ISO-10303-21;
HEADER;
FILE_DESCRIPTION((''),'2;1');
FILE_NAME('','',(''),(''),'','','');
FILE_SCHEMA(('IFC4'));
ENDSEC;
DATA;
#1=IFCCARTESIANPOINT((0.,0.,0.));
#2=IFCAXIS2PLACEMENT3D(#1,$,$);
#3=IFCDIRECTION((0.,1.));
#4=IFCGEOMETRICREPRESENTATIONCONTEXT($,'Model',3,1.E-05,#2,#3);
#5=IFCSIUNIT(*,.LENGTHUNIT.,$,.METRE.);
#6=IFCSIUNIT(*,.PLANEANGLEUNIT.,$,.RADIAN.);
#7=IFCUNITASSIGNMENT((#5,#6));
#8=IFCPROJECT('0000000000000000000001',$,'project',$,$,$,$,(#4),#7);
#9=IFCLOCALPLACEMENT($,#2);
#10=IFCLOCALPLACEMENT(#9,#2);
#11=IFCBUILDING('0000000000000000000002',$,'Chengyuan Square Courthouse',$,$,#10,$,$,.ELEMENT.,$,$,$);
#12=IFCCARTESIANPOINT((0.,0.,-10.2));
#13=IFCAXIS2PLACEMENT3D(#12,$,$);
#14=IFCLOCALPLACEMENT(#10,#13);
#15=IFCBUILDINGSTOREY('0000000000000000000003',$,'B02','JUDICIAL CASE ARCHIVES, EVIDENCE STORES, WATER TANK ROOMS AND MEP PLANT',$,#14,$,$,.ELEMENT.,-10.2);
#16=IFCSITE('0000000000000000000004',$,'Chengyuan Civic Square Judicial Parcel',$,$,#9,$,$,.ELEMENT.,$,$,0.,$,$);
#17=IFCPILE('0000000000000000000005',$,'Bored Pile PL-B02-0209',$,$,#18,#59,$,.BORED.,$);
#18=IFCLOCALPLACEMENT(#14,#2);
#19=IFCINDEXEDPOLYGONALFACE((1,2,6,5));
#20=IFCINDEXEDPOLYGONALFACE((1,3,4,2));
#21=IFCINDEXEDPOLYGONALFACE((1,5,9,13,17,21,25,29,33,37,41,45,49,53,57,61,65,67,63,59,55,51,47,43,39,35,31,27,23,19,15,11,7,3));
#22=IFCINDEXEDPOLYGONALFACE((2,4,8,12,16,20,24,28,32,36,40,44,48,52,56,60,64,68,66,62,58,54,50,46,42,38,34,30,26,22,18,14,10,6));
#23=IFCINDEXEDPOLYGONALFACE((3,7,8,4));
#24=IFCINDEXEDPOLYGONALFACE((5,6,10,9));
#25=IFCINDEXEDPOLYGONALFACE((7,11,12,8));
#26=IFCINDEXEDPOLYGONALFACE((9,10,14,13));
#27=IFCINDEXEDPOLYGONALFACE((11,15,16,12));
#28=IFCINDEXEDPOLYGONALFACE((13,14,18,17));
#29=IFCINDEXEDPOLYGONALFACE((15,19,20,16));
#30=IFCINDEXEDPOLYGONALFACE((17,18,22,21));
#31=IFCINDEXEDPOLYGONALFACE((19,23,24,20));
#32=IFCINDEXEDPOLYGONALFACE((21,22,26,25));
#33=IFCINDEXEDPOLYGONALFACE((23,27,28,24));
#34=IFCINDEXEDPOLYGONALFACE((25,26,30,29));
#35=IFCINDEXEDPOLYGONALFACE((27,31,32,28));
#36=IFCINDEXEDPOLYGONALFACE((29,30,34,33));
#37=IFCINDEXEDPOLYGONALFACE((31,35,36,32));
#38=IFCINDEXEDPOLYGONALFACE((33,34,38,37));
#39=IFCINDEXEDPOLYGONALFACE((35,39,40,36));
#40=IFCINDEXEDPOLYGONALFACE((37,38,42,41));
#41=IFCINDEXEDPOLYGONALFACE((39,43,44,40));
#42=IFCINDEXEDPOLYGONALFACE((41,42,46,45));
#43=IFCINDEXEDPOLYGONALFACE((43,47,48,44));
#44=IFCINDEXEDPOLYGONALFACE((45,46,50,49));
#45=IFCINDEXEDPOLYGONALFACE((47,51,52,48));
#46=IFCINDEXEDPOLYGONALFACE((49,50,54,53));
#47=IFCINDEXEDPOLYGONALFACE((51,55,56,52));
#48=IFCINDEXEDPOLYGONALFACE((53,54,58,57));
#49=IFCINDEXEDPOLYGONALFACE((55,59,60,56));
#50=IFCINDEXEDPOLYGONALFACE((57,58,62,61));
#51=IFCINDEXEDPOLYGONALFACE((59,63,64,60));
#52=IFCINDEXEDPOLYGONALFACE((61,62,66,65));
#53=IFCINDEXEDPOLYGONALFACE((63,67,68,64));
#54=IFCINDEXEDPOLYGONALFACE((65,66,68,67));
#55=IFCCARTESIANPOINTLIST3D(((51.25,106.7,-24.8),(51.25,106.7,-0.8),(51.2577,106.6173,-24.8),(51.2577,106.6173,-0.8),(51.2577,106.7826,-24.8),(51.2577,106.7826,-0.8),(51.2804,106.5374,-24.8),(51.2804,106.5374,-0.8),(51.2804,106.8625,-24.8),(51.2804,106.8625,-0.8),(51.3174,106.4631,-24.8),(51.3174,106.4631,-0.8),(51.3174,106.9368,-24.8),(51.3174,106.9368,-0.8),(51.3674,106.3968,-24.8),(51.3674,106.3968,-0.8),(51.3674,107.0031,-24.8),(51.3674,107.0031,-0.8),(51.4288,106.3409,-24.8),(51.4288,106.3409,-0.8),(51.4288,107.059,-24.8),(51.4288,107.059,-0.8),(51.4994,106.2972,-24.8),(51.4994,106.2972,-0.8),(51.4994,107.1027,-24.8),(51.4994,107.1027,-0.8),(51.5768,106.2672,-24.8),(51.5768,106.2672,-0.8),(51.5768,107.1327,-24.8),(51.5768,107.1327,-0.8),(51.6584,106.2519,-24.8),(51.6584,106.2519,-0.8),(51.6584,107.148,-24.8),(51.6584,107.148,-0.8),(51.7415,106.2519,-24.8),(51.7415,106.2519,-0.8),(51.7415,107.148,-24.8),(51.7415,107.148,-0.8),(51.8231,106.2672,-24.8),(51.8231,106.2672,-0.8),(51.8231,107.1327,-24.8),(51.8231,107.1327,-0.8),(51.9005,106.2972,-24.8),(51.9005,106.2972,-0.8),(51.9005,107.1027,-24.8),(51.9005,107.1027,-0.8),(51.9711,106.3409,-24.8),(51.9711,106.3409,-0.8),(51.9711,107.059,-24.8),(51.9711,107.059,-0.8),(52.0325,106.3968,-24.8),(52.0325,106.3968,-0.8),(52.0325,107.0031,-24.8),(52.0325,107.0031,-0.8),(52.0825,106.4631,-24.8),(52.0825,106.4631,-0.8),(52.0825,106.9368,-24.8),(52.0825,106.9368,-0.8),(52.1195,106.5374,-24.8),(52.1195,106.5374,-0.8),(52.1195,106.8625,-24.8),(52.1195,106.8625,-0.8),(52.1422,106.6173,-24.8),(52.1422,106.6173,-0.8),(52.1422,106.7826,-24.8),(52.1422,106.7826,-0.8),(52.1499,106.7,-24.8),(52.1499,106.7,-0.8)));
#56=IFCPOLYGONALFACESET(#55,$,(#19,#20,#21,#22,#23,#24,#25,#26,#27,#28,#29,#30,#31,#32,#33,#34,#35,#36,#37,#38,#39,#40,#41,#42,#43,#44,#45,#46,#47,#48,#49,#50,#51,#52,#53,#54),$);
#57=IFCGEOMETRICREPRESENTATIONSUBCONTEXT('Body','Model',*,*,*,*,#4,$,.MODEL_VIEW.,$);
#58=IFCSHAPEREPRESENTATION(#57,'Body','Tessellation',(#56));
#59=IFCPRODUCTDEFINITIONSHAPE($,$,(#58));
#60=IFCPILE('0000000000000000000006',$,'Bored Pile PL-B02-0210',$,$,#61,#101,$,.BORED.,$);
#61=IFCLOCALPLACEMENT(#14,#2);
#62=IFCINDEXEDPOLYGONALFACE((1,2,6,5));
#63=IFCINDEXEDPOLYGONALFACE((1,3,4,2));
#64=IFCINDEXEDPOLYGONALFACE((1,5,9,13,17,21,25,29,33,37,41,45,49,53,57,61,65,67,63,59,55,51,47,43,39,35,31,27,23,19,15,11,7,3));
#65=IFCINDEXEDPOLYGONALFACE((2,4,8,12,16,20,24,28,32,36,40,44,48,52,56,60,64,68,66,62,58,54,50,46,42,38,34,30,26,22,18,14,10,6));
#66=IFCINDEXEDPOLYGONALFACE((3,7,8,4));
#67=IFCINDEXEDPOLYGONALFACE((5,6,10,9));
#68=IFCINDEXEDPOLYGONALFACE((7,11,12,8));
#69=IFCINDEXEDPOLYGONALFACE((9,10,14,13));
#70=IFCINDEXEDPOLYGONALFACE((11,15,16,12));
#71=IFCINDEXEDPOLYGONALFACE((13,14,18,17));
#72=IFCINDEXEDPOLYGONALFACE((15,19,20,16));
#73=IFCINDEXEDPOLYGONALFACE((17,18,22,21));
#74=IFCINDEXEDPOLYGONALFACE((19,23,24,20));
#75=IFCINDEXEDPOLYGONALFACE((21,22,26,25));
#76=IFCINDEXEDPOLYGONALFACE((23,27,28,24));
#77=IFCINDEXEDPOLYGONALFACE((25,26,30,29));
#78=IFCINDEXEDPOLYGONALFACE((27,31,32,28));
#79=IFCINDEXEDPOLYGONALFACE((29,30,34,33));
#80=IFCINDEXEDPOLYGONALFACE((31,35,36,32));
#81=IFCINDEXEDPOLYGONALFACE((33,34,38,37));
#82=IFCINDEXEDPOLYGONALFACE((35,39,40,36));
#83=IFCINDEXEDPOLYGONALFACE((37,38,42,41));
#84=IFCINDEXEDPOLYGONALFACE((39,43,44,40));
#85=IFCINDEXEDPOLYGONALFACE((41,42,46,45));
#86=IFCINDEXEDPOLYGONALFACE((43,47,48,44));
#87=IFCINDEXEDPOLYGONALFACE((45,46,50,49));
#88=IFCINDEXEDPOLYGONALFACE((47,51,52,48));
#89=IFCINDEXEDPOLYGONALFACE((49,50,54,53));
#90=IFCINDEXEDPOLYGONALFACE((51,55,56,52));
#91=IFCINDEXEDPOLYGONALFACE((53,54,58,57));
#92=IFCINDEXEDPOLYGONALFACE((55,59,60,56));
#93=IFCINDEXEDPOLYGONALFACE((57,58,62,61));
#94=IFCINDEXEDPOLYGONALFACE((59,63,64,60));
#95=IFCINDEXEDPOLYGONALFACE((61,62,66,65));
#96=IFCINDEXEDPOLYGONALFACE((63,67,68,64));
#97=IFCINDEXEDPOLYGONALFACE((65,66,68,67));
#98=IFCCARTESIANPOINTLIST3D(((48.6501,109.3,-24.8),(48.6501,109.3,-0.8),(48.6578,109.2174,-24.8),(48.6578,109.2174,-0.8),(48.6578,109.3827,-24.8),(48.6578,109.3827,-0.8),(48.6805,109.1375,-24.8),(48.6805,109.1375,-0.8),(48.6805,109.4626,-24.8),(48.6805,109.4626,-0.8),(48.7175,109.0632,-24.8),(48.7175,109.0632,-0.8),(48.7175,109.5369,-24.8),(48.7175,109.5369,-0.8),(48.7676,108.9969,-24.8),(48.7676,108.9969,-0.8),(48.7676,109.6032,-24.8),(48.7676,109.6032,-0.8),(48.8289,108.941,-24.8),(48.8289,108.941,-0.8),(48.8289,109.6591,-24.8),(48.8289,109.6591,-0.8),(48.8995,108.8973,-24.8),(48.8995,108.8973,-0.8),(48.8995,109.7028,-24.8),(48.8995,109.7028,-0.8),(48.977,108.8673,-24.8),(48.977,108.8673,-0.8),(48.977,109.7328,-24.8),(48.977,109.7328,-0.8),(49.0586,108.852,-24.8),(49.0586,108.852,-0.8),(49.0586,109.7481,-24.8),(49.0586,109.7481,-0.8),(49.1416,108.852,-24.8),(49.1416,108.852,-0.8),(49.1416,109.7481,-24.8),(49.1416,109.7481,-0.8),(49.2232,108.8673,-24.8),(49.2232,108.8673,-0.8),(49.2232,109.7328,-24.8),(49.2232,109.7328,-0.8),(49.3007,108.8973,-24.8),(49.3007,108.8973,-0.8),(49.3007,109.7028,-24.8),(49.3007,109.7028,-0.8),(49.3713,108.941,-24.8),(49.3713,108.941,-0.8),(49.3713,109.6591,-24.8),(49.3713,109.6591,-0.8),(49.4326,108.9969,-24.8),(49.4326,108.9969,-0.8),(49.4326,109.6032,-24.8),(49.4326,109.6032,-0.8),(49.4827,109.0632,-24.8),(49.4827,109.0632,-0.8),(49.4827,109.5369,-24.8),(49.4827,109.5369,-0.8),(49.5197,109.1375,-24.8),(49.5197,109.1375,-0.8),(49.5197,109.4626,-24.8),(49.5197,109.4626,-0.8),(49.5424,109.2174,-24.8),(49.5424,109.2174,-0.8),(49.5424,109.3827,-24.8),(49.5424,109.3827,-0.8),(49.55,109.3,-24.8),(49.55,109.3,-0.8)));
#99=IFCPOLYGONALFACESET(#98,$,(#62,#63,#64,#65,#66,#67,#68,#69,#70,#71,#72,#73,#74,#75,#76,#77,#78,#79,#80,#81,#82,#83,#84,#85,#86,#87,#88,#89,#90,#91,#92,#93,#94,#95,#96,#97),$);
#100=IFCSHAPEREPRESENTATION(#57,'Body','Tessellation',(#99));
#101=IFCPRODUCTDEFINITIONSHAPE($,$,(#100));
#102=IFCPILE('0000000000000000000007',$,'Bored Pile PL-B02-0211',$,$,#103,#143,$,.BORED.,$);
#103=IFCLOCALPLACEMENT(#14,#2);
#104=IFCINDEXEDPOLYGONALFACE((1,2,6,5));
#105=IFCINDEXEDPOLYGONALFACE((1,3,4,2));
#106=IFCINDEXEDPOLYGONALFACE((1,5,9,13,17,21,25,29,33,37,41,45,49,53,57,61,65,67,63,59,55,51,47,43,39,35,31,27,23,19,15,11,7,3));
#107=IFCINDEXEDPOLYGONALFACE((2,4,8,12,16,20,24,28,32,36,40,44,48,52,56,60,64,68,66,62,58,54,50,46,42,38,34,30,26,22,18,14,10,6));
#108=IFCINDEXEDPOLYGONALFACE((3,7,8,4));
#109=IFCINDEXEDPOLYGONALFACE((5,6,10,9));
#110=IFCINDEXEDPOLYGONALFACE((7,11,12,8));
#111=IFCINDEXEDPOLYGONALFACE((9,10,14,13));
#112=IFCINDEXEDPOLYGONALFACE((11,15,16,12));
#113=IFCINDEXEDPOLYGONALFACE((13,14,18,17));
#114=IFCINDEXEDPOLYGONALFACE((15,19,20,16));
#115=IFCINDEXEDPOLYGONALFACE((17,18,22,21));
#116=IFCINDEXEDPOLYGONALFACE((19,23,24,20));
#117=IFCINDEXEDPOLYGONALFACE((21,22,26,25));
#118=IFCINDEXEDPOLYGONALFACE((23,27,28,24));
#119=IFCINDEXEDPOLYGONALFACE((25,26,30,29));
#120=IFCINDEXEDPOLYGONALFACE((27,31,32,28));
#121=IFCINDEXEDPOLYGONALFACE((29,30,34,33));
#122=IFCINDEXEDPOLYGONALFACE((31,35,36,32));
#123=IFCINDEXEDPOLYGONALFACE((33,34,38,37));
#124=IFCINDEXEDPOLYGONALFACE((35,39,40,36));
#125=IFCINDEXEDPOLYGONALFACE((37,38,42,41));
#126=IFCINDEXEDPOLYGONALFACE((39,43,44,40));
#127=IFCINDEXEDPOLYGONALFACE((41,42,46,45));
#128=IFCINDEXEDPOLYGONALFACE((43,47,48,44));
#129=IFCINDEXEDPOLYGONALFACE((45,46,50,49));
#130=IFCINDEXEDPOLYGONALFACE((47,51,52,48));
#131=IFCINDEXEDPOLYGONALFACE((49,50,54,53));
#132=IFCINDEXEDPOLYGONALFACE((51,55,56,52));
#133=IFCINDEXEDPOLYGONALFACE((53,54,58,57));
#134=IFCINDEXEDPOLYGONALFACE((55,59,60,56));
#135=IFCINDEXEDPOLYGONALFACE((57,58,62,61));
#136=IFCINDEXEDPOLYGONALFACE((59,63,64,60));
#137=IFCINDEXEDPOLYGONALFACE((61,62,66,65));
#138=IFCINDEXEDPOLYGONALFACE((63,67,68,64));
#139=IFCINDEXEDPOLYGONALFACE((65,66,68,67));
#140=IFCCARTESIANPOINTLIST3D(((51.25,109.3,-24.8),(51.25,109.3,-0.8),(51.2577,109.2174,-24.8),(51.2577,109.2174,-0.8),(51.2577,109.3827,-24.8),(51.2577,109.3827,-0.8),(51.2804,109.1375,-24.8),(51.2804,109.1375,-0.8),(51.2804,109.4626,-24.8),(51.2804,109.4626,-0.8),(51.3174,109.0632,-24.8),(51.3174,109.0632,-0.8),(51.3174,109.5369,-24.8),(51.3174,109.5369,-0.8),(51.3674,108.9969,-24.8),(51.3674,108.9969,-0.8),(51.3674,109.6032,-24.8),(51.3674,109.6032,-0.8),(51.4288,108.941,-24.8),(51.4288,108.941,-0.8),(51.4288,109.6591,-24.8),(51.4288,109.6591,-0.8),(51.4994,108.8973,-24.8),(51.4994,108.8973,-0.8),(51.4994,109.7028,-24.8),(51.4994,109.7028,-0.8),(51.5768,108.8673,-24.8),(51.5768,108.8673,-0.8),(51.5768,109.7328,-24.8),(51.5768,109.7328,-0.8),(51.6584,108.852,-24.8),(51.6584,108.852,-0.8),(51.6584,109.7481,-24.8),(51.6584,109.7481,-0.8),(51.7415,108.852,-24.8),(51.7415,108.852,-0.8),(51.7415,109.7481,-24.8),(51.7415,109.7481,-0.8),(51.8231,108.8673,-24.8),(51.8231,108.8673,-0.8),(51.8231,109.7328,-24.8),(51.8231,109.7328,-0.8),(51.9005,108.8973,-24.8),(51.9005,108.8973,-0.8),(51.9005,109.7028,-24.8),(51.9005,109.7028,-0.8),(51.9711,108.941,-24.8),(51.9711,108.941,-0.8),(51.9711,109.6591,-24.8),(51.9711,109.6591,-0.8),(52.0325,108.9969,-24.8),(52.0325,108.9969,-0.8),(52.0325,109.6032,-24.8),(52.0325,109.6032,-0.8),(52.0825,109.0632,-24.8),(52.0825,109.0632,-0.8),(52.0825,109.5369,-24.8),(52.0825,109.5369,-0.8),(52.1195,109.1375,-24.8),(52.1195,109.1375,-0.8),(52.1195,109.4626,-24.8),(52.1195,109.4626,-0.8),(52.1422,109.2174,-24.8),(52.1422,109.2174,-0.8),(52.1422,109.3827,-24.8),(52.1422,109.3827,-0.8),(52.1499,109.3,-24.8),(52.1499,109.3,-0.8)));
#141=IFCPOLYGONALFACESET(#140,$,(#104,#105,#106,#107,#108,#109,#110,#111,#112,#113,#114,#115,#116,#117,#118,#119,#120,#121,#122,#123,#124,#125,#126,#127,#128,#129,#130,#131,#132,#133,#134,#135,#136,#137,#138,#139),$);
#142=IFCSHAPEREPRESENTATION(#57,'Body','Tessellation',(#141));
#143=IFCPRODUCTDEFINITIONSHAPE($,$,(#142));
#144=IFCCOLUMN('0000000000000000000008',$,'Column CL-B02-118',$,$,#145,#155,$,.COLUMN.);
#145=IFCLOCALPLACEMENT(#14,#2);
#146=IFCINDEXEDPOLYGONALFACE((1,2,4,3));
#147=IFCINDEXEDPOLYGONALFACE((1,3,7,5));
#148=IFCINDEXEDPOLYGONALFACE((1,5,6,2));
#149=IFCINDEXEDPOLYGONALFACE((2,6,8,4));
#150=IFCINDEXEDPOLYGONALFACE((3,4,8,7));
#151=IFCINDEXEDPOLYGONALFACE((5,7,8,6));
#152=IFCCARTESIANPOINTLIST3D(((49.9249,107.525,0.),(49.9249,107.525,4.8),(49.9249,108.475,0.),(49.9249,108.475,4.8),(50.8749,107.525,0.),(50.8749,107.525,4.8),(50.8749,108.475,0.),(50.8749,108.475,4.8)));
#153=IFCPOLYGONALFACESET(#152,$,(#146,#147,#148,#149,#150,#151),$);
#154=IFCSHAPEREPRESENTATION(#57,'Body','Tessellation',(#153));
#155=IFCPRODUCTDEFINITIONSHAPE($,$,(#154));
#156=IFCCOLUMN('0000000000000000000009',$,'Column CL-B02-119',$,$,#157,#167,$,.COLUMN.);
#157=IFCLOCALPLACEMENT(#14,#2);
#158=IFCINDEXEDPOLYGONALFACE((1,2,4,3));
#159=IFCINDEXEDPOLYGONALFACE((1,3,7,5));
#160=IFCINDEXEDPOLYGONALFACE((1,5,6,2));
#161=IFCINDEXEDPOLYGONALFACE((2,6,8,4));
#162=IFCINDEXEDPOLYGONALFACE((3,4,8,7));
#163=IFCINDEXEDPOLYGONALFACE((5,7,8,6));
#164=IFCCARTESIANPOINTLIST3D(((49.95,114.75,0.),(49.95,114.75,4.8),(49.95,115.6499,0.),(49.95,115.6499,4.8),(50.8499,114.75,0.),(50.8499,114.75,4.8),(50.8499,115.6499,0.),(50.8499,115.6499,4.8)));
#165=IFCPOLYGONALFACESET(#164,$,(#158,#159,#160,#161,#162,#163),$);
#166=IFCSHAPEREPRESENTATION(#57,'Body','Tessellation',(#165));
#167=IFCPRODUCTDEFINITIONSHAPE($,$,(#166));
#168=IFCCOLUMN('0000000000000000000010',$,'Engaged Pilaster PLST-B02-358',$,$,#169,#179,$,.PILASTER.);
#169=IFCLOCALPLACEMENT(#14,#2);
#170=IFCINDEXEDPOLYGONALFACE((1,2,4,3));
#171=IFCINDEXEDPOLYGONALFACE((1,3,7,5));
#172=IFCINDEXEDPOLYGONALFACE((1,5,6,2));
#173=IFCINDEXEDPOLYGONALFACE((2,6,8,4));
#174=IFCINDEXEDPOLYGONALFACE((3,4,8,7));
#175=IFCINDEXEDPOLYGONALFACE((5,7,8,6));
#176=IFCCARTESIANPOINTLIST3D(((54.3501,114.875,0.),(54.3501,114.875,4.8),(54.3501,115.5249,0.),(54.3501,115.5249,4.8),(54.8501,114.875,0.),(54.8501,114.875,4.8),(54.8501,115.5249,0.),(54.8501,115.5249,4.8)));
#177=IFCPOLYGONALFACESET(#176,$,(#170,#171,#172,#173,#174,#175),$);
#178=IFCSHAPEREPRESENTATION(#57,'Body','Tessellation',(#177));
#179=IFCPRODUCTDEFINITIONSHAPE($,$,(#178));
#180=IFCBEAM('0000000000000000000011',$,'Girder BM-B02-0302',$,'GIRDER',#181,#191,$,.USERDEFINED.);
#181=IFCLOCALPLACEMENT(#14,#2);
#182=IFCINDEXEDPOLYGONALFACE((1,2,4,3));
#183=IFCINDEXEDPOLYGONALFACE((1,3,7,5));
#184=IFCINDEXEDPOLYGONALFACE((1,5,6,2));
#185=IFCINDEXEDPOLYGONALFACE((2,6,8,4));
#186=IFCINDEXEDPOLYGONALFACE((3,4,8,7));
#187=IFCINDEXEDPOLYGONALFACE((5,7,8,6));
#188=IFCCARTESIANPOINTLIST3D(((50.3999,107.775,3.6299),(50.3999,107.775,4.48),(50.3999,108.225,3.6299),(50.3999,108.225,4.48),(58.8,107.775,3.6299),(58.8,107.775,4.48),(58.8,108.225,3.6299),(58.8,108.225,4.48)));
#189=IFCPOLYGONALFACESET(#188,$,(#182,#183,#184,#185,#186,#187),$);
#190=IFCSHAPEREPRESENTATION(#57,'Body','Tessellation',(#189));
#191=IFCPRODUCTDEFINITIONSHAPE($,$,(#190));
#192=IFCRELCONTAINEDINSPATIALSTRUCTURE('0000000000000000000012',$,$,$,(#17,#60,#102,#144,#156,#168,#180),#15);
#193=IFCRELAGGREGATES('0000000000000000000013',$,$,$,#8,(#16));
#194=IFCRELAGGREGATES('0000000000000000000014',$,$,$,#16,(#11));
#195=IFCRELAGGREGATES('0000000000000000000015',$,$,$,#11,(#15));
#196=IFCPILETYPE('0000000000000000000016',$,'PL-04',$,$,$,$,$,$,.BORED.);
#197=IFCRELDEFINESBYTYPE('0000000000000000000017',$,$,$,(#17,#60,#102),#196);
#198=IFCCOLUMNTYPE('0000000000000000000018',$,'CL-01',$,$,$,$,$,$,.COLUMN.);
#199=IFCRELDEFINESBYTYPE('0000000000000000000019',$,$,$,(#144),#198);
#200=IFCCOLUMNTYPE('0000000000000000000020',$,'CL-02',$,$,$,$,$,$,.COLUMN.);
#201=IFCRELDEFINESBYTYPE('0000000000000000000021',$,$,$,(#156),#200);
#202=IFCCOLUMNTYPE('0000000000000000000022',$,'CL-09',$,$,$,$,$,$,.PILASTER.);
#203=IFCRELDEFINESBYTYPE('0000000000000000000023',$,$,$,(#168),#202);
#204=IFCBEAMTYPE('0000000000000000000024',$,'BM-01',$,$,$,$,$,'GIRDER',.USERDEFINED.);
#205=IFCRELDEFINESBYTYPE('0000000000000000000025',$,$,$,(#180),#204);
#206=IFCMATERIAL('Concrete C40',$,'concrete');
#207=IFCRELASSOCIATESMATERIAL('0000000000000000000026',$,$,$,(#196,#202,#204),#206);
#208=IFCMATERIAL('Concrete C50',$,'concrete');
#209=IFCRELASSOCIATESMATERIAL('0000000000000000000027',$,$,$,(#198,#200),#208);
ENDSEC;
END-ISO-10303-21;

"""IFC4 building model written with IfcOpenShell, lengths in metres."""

from ifc_helpers import new_model, si_unit, direction, frame, origin, origin_2d, place, context, subcontext, project, spatial, rectangle, circle, extrude, material, material_profile, profile_set, type_object, element, save


model = new_model("IFC4")

# Units and contexts
model_context = context("Model", 3, precision=1e-05, world=origin(), true_north=direction((0.0, 1.0)))
body_context = subcontext(model_context, "Body", "Model", "MODEL_VIEW")
ifc_project = project(units=[si_unit("LENGTHUNIT", "METRE"), si_unit("PLANEANGLEUNIT", "RADIAN")], contexts=[model_context])

# Site, building, storey
site_placement = place(None, origin())
site = spatial("IfcSite", under=ifc_project, at=site_placement, Name="Chengyuan Civic Square Judicial Parcel", CompositionType="ELEMENT", RefElevation=0.0)
building_placement = place(site_placement, origin())
building = spatial("IfcBuilding", under=site, at=building_placement, Name="Chengyuan Square Courthouse", CompositionType="ELEMENT")
storey_placement = place(building_placement, frame((0.0, 0.0, -10.2)))
storey = spatial("IfcBuildingStorey", under=building, at=storey_placement, Name="B02", Description="JUDICIAL CASE ARCHIVES, EVIDENCE STORES, WATER TANK ROOMS AND MEP PLANT", CompositionType="ELEMENT", Elevation=-10.2)

# Shared definitions
ifc_material_1 = material(Name="Concrete C40", Category="concrete")

# Piles
ifc_material_profile_1 = material_profile(ifc_material_1, circle(Radius=0.45, at=origin_2d()), Name="BORED PILE D900")
ifc_profile_set_1 = profile_set([ifc_material_profile_1], Name="Concrete C40")
pile_type_1 = type_object("IfcPileType", Name="PL-04", PredefinedType="BORED", material=ifc_profile_set_1)
for number, where, z_axis, x_axis, name in (
    (1, (51.7, 106.7, -0.8), (0.0, 0.0, -1.0), (1.0, 0.0, 0.0), "Bored Pile PL-B02-0209"),
    (2, (49.1001, 109.3, -0.8), (0.0, 0.0, -1.0), (1.0, 0.0, 0.0), "Bored Pile PL-B02-0210"),
    (3, (51.7, 109.3, -0.8), (0.0, 0.0, -1.0), (1.0, 0.0, 0.0), "Bored Pile PL-B02-0211"),
):
    element("IfcPile", number, at=place(storey_placement, frame(where, z_axis=z_axis, x_axis=x_axis)), inside=storey, type_object=pile_type_1, Name=name, PredefinedType="BORED", context=body_context, shape_type="SweptSolid", body=[
        extrude(circle(Radius=0.45, at=origin_2d()), origin(), (0.0, 0.0, 1.0), 24.0),
    ])

# Columns
ifc_material_2 = material(Name="Concrete C50", Category="concrete")
ifc_material_profile_2 = material_profile(ifc_material_2, rectangle(XDim=0.95, YDim=0.95, at=origin_2d()), Name="RC-COL-950x950")
ifc_profile_set_2 = profile_set([ifc_material_profile_2], Name="Concrete C50")
column_type_1 = type_object("IfcColumnType", Name="CL-01", PredefinedType="COLUMN", material=ifc_profile_set_2)
column_1_placement = place(storey_placement, frame((50.3999, 108.0, 0.0), z_axis=(0.0, 0.0, 1.0), x_axis=(1.0, 0.0, 0.0)))
element("IfcColumn", 4, at=column_1_placement, inside=storey, type_object=column_type_1, Name="Column CL-B02-118", PredefinedType="COLUMN", context=body_context, shape_type="SweptSolid", body=[
    extrude(rectangle(XDim=0.95, YDim=0.95, at=origin_2d()), origin(), (0.0, 0.0, 1.0), 4.8),
])
ifc_material_profile_3 = material_profile(ifc_material_2, rectangle(XDim=0.8999, YDim=0.8999, at=origin_2d()), Name="RC-COL-900x900")
ifc_profile_set_3 = profile_set([ifc_material_profile_3], Name="Concrete C50")
column_type_2 = type_object("IfcColumnType", Name="CL-02", PredefinedType="COLUMN", material=ifc_profile_set_3)
column_2_placement = place(storey_placement, frame((50.3999, 115.2, 0.0), z_axis=(0.0, 0.0, 1.0), x_axis=(1.0, 0.0, 0.0)))
element("IfcColumn", 5, at=column_2_placement, inside=storey, type_object=column_type_2, Name="Column CL-B02-119", PredefinedType="COLUMN", context=body_context, shape_type="SweptSolid", body=[
    extrude(rectangle(XDim=0.8999, YDim=0.8999, at=origin_2d()), origin(), (0.0, 0.0, 1.0), 4.8),
])
ifc_material_profile_4 = material_profile(ifc_material_1, rectangle(XDim=0.5, YDim=0.6499, at=origin_2d()), Name="RC-PIL-500x650")
ifc_profile_set_4 = profile_set([ifc_material_profile_4], Name="Concrete C40")
column_type_3 = type_object("IfcColumnType", Name="CL-09", PredefinedType="PILASTER", material=ifc_profile_set_4)
column_3_placement = place(storey_placement, frame((54.6001, 115.2, 0.0), z_axis=(0.0, 0.0, 1.0), x_axis=(1.0, 0.0, 0.0)))
element("IfcColumn", 6, at=column_3_placement, inside=storey, type_object=column_type_3, Name="Engaged Pilaster PLST-B02-358", PredefinedType="PILASTER", context=body_context, shape_type="SweptSolid", body=[
    extrude(rectangle(XDim=0.5, YDim=0.6499, at=origin_2d()), origin(), (0.0, 0.0, 1.0), 4.8),
])

# Beam
ifc_material_profile_5 = material_profile(ifc_material_1, rectangle(XDim=0.45, YDim=0.8501, at=origin_2d()), Name="RC-BM-450x850")
ifc_profile_set_5 = profile_set([ifc_material_profile_5], Name="Concrete C40")
beam_type_1 = type_object("IfcBeamType", Name="BM-01", ElementType="GIRDER", PredefinedType="USERDEFINED", material=ifc_profile_set_5)
beam_1_placement = place(storey_placement, frame((50.3999, 108.0, 4.0549), z_axis=(1.0, 0.0, 0.0), x_axis=(0.0, 1.0, 0.0)))
element("IfcBeam", 7, at=beam_1_placement, inside=storey, type_object=beam_type_1, Name="Girder BM-B02-0302", ObjectType="GIRDER", PredefinedType="USERDEFINED", context=body_context, shape_type="SweptSolid", body=[
    extrude(rectangle(XDim=0.45, YDim=0.8501, at=origin_2d()), origin(), (0.0, 0.0, 1.0), 8.4001),
])

save(model, "model.ifc")
